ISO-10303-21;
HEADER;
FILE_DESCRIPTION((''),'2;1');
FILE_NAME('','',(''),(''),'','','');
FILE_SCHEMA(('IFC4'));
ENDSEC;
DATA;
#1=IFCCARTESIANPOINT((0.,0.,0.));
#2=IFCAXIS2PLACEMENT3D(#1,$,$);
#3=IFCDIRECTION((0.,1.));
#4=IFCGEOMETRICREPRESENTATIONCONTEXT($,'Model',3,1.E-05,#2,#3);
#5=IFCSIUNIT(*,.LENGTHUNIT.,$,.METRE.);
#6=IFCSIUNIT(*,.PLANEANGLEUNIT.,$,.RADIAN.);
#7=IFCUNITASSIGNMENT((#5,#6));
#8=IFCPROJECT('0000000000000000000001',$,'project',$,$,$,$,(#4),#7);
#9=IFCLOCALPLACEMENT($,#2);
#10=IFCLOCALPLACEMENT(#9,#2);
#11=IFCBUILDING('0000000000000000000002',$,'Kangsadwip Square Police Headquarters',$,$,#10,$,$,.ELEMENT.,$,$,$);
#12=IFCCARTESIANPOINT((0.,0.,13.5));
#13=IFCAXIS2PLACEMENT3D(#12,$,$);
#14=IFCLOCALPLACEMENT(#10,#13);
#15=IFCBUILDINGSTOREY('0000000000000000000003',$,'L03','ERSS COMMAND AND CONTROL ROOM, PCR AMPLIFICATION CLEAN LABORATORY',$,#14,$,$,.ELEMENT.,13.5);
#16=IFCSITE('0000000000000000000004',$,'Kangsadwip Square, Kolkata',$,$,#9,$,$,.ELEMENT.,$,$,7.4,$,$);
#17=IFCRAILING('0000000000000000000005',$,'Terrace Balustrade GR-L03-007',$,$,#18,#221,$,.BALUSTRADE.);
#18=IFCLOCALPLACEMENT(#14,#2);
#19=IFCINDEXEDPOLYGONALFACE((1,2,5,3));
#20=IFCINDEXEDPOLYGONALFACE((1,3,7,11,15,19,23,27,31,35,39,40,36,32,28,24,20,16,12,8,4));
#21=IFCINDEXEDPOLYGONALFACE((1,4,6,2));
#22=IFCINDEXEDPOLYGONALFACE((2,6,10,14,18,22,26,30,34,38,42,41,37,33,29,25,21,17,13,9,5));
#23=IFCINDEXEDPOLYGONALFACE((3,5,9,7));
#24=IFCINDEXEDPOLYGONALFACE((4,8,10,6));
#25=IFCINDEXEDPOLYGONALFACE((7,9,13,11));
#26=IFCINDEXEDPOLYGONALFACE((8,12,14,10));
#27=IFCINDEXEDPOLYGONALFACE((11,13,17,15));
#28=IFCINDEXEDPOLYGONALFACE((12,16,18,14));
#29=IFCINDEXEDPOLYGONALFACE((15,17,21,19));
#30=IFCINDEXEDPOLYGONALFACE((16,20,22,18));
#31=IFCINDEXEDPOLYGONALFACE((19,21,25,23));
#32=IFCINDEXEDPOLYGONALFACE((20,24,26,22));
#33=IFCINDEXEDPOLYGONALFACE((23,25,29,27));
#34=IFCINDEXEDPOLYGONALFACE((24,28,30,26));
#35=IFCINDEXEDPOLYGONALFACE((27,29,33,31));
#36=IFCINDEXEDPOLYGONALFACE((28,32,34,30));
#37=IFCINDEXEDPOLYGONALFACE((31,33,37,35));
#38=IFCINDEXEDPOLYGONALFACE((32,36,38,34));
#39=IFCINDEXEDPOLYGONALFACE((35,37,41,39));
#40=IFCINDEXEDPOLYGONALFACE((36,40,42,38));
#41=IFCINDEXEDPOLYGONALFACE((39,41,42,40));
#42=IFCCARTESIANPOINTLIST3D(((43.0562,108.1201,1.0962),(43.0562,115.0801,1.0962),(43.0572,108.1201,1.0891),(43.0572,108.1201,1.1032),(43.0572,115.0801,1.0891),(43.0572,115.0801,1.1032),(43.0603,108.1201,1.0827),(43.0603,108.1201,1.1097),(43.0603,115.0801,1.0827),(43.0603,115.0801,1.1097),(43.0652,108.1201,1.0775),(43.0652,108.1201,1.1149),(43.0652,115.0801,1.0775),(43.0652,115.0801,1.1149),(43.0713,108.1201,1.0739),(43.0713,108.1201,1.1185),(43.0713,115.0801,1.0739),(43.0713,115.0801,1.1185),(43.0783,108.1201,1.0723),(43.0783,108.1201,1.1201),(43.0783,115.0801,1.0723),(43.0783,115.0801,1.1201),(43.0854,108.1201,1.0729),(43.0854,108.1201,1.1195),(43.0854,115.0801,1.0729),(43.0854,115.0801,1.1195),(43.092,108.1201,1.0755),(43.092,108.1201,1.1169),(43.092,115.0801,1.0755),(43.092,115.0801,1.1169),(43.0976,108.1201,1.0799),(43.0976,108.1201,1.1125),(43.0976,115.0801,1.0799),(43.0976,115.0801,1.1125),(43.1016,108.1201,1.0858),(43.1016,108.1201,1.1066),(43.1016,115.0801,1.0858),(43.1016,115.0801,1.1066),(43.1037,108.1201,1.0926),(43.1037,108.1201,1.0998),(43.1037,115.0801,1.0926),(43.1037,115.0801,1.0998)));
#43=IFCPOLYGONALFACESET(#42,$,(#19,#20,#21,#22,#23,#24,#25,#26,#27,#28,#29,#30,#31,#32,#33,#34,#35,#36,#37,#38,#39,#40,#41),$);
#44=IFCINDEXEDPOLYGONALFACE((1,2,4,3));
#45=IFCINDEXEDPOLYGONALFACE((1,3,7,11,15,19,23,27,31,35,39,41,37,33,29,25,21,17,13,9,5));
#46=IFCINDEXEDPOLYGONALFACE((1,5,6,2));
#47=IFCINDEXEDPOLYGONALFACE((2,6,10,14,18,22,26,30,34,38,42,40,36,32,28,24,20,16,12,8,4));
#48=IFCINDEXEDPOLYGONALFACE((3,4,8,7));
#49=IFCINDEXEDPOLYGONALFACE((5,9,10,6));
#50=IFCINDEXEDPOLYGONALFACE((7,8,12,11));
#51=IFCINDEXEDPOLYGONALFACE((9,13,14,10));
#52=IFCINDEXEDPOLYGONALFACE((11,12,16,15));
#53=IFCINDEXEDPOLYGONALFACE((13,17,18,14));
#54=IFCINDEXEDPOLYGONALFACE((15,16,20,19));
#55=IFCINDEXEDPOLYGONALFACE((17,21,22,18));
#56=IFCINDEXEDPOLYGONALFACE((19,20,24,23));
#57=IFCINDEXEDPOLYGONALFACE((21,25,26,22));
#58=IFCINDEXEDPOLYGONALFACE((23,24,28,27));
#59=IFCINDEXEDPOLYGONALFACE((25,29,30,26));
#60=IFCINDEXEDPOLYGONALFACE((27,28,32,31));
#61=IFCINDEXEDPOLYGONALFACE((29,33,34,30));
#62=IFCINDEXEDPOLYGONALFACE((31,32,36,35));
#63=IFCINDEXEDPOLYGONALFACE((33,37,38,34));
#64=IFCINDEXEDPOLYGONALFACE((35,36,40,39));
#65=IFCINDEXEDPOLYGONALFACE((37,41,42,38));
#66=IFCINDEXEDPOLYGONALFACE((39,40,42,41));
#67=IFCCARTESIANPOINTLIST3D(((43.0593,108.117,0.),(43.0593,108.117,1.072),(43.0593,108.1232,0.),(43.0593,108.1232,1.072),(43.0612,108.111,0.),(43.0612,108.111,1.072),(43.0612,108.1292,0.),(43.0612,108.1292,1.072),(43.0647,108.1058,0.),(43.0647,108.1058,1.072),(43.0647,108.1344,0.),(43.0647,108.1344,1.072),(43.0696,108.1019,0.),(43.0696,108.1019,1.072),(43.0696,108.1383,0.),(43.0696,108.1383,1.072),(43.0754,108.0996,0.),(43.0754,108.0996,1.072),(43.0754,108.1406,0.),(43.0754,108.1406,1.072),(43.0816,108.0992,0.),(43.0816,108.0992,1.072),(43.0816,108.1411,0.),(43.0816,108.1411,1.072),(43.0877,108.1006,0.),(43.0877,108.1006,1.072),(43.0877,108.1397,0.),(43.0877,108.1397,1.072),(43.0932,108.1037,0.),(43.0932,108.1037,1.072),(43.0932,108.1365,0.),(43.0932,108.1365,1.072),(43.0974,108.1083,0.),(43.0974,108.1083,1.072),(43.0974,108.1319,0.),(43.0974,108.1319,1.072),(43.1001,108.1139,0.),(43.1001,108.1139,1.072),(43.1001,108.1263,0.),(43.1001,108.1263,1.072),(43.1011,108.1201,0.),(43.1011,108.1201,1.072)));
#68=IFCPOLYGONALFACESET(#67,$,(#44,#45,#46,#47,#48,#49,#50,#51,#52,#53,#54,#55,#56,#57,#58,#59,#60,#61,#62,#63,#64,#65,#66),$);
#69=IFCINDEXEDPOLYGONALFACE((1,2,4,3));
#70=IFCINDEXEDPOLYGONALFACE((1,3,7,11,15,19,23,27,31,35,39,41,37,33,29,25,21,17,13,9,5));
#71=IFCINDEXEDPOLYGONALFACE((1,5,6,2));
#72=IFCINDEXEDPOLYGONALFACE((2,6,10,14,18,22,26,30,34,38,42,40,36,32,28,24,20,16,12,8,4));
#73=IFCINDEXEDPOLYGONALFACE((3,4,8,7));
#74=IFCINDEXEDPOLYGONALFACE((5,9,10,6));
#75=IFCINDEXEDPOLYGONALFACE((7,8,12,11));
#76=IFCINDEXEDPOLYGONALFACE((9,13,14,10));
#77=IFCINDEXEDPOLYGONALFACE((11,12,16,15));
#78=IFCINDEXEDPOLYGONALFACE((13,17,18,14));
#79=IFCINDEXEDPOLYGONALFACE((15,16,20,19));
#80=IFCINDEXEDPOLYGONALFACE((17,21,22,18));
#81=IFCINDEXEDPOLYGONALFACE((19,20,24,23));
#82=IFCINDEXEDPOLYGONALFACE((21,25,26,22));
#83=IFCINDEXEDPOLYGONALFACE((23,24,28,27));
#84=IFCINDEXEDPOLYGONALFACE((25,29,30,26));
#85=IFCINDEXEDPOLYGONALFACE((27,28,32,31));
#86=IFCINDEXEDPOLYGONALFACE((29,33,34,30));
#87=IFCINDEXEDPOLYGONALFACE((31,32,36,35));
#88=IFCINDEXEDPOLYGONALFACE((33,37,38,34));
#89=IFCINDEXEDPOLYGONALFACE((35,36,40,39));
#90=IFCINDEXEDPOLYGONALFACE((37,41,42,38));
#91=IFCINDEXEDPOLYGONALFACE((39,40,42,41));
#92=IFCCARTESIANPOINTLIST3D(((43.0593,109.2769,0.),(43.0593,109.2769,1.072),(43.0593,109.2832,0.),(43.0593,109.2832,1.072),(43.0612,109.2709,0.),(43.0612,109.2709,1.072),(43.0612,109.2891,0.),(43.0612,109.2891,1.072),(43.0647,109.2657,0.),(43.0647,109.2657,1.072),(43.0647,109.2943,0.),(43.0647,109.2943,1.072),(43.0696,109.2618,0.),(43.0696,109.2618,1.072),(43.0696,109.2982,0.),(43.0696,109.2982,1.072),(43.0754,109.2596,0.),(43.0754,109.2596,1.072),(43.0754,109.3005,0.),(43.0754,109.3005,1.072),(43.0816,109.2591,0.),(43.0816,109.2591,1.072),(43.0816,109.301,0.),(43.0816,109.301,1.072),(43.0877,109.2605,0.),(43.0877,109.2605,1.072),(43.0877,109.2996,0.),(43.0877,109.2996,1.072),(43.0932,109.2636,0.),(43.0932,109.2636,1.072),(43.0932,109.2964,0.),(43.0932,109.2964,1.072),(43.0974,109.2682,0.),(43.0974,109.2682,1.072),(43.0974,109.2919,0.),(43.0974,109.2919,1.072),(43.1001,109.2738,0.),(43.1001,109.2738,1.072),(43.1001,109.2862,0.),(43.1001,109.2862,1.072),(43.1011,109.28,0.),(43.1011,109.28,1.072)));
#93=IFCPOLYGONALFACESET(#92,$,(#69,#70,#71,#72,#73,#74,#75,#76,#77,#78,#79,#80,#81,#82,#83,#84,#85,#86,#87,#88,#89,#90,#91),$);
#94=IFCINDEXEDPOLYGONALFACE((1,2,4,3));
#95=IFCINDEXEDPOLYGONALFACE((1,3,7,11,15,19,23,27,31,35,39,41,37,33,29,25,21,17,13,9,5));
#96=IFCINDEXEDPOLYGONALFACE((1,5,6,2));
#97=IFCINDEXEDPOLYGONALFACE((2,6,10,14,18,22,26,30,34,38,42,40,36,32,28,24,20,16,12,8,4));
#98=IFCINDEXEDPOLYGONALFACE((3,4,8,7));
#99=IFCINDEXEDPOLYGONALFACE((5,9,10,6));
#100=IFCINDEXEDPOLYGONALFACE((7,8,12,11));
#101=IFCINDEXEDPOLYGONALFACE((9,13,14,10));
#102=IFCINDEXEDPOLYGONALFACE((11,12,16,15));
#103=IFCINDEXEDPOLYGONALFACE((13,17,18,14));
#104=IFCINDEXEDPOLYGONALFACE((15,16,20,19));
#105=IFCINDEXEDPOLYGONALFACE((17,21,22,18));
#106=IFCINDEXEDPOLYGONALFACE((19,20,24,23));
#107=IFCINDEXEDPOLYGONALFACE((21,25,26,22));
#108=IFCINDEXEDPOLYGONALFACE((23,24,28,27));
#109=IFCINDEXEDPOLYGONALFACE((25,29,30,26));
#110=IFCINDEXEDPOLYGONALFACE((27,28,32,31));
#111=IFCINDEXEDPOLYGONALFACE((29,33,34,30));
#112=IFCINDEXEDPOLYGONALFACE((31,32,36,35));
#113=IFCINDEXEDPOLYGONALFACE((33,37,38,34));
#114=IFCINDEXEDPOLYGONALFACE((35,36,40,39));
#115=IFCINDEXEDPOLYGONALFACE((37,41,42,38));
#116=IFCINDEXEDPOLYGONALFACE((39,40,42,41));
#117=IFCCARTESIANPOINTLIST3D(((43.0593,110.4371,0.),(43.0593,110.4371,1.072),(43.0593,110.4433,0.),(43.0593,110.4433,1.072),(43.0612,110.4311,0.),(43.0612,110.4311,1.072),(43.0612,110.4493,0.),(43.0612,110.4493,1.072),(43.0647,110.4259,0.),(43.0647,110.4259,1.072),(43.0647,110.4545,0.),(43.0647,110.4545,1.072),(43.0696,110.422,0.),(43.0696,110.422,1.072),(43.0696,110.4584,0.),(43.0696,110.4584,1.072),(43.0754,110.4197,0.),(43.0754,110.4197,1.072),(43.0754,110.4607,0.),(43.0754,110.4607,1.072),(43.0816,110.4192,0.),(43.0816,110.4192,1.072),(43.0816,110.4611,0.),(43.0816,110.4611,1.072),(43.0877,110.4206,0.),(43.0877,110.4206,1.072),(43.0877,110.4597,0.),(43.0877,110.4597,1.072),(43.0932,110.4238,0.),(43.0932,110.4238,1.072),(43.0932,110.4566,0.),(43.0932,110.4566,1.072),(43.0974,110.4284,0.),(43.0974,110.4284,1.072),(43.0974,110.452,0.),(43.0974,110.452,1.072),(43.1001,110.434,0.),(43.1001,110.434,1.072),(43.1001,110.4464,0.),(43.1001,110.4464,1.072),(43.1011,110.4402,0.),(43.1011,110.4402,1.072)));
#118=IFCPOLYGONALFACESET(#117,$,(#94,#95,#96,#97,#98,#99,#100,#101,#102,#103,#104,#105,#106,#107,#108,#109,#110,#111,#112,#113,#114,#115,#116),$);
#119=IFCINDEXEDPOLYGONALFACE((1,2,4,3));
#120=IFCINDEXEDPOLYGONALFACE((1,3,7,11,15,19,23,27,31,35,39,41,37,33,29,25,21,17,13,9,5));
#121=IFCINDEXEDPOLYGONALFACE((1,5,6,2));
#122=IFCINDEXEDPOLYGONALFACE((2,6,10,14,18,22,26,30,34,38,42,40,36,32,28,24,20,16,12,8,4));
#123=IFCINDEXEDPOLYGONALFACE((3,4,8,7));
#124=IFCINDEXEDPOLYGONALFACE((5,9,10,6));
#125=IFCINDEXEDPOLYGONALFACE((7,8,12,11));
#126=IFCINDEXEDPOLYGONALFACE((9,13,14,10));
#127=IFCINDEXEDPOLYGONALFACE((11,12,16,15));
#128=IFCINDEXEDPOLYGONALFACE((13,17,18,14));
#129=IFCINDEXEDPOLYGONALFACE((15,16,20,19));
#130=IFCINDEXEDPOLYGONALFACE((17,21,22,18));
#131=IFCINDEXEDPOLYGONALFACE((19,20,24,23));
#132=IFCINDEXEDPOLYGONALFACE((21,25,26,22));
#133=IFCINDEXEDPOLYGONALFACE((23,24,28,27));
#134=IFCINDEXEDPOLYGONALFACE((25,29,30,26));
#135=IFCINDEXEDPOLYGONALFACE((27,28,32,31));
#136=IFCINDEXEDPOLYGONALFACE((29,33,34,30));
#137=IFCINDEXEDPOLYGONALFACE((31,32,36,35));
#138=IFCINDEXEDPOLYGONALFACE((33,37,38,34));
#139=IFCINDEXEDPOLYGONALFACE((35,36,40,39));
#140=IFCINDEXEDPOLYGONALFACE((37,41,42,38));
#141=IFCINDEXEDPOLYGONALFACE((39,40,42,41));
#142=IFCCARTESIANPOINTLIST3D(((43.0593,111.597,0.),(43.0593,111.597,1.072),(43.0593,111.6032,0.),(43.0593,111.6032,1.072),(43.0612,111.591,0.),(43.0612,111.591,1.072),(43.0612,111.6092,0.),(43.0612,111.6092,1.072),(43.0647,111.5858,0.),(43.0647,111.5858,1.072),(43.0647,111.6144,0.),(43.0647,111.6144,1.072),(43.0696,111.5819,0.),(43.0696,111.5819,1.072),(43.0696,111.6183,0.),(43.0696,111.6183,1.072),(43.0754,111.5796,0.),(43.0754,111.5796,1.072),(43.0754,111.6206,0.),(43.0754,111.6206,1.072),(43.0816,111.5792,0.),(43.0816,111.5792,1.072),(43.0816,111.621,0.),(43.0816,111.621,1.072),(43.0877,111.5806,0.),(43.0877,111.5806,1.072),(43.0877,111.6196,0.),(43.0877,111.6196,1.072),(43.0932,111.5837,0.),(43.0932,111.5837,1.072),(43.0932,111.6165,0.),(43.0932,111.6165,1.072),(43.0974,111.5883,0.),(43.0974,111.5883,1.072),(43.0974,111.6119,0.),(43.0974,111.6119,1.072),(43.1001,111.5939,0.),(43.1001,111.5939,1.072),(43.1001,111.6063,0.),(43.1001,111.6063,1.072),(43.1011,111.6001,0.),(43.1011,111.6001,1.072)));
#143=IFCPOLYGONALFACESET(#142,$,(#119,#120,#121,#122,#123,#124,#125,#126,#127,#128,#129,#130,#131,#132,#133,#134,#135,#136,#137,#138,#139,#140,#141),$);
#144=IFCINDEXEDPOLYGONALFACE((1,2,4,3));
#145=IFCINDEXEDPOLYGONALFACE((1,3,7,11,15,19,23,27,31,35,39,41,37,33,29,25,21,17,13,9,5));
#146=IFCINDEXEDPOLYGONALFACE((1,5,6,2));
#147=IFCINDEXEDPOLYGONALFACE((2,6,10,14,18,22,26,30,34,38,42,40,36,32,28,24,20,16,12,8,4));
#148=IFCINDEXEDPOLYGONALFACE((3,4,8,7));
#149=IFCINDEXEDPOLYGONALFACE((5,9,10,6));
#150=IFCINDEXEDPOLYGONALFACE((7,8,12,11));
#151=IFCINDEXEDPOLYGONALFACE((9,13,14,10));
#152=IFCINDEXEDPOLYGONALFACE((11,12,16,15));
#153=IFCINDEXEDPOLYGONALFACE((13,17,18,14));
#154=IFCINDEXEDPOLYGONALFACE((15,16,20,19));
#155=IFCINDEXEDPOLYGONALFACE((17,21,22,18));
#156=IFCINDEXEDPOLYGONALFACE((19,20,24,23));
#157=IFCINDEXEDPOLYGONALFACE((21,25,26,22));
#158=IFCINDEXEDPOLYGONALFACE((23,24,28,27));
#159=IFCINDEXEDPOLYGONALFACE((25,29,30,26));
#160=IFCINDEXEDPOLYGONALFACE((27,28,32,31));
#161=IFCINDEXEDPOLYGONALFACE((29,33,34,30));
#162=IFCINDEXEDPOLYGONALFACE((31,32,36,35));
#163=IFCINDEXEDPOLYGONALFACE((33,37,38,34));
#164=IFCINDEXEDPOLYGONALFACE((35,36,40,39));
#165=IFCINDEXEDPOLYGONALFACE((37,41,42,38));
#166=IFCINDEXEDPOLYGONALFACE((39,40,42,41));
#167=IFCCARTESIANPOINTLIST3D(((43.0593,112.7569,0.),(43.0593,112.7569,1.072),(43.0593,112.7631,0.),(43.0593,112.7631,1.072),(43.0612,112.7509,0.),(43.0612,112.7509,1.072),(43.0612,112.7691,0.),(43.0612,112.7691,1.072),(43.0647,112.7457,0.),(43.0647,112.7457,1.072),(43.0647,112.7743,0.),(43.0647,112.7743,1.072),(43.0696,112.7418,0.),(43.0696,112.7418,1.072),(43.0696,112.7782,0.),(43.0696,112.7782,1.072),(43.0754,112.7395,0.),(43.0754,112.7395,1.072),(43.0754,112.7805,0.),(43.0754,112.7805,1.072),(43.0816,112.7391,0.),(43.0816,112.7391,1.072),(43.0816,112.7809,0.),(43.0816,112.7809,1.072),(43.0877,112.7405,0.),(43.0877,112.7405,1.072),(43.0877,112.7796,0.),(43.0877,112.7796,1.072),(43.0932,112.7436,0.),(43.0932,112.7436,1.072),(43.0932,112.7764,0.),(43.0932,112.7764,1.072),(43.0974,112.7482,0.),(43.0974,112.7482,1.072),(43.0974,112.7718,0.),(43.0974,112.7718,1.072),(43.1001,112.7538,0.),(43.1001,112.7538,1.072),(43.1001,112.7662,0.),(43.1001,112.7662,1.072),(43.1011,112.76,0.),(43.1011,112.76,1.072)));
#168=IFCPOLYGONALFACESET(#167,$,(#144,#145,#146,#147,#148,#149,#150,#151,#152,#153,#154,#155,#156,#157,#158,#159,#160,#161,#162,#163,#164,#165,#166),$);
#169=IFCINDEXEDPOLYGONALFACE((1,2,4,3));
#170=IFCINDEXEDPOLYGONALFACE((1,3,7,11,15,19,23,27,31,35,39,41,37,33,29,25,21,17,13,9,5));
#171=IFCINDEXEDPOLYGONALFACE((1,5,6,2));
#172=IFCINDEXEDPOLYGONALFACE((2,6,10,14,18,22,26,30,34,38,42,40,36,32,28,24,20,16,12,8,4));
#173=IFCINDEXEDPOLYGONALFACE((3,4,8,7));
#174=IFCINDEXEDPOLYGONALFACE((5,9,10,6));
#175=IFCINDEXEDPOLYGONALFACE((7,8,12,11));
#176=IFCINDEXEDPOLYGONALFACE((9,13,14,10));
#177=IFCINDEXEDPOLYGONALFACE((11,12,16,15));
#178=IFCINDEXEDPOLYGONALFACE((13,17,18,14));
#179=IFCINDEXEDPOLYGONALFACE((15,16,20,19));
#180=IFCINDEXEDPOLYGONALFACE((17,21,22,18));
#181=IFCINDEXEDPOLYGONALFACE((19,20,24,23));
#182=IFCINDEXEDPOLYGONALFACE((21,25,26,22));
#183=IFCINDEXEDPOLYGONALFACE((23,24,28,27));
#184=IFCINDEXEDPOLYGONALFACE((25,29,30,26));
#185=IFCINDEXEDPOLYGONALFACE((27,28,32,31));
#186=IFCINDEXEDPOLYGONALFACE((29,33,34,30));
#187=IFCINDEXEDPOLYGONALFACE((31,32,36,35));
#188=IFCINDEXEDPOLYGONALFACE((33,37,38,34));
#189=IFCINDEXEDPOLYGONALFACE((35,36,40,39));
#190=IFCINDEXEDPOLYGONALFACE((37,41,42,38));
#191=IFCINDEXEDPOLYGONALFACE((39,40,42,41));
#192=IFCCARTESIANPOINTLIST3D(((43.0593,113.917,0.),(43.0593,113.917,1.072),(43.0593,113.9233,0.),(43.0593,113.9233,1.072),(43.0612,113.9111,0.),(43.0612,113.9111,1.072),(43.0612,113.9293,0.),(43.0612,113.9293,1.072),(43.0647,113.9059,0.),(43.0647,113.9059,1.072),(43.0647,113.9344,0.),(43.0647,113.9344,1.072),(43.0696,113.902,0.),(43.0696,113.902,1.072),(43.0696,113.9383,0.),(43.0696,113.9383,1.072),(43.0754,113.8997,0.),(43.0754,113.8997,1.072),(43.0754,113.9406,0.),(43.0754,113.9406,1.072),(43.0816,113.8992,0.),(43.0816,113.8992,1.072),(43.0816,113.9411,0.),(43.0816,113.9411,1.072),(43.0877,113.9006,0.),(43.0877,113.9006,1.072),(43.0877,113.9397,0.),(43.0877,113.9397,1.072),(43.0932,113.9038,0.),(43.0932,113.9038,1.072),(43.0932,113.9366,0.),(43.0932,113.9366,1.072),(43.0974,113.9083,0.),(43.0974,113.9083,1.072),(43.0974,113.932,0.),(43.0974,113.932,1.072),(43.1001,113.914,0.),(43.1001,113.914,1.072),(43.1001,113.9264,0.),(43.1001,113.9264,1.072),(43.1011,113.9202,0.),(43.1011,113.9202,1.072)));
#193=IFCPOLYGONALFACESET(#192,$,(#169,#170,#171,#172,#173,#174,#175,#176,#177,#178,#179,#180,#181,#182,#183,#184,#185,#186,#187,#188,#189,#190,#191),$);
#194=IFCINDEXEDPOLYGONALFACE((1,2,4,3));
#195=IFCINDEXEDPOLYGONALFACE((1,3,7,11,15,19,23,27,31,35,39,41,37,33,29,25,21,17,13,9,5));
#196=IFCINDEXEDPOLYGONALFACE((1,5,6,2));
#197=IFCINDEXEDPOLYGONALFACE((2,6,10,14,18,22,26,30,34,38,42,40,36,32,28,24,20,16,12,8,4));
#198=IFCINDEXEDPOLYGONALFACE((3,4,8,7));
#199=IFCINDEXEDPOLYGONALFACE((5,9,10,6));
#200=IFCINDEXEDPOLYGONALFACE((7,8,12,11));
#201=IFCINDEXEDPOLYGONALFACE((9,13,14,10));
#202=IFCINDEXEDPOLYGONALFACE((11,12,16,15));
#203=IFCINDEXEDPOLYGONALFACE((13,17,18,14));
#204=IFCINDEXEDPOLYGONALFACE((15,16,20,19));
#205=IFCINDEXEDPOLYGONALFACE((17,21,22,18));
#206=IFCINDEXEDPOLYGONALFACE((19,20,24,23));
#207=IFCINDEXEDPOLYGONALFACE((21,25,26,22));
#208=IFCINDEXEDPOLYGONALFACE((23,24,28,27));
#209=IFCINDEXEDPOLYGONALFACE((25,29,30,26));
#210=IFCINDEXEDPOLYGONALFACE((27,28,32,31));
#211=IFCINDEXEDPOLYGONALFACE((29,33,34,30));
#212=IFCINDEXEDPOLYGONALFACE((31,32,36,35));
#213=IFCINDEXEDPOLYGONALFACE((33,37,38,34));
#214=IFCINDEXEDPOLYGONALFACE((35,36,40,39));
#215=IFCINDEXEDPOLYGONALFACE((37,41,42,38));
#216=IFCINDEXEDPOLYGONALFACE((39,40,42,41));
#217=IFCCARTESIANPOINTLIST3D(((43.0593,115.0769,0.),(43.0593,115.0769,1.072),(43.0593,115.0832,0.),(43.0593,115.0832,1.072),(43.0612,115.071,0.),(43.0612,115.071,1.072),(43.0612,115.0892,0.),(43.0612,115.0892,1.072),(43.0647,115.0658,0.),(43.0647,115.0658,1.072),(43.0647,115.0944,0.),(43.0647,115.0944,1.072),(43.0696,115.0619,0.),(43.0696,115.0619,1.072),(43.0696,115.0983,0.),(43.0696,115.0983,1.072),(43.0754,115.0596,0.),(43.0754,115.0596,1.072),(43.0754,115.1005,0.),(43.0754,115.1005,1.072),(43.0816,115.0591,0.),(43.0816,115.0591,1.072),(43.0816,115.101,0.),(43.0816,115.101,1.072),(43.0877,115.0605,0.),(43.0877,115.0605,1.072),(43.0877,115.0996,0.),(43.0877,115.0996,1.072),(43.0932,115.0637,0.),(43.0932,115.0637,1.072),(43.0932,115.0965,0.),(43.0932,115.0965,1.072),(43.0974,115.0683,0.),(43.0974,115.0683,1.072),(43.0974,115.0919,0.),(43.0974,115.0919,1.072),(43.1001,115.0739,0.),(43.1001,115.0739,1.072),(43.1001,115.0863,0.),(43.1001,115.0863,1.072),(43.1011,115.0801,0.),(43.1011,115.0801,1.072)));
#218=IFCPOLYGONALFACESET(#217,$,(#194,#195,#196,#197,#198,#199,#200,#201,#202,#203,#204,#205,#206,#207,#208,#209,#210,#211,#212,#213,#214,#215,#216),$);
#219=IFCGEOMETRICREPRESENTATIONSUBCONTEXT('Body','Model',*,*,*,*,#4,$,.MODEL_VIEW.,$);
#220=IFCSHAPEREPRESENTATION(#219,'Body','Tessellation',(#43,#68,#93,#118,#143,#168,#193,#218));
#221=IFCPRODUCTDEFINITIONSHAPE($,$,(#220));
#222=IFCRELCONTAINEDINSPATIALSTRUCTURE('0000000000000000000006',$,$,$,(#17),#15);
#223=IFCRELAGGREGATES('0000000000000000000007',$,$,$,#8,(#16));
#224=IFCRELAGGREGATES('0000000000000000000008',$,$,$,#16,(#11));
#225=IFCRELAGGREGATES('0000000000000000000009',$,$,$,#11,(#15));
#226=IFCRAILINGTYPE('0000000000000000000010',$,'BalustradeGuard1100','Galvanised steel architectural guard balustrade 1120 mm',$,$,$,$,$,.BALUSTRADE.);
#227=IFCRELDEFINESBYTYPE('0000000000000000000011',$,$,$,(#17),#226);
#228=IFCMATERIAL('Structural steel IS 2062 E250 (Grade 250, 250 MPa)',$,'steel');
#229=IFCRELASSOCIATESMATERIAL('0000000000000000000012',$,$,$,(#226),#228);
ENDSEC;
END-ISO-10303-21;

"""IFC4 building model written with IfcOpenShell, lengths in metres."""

from ifc_helpers import new_model, si_unit, direction, frame, origin, origin_2d, place, context, subcontext, project, spatial, circle, extrude, material, type_object, element, save


model = new_model("IFC4")

# Units and contexts
model_context = context("Model", 3, precision=1e-05, world=origin(), true_north=direction((0.0, 1.0)))
body_context = subcontext(model_context, "Body", "Model", "MODEL_VIEW")
ifc_project = project(units=[si_unit("LENGTHUNIT", "METRE"), si_unit("PLANEANGLEUNIT", "RADIAN")], contexts=[model_context])

# Site, building, storey
site_placement = place(None, origin())
site = spatial("IfcSite", under=ifc_project, at=site_placement, Name="Kangsadwip Square, Kolkata", CompositionType="ELEMENT", RefElevation=7.4)
building_placement = place(site_placement, origin())
building = spatial("IfcBuilding", under=site, at=building_placement, Name="Kangsadwip Square Police Headquarters", CompositionType="ELEMENT")
storey_placement = place(building_placement, frame((0.0, 0.0, 13.5)))
storey = spatial("IfcBuildingStorey", under=building, at=storey_placement, Name="L03", Description="ERSS COMMAND AND CONTROL ROOM, PCR AMPLIFICATION CLEAN LABORATORY", CompositionType="ELEMENT", Elevation=13.5)

# Railing
ifc_material_1 = material(Name="Structural steel IS 2062 E250 (Grade 250, 250 MPa)", Category="steel")
railing_type = type_object("IfcRailingType", Name="BalustradeGuard1100", Description="Galvanised steel architectural guard balustrade 1120 mm", PredefinedType="BALUSTRADE", material=ifc_material_1)
for number, where, name in (
    (1, (43.0801, 108.1201, 0.0), "Terrace Balustrade GR-L03-007"),
):
    element("IfcRailing", number, at=place(storey_placement, frame(where)), inside=storey, type_object=railing_type, Name=name, PredefinedType="BALUSTRADE", context=body_context, shape_type="SweptSolid", body=[
        extrude(circle(Radius=0.0239, at=origin_2d()), frame((0.0, 0.0, 1.0962), z_axis=(0.0, 1.0, 0.0), x_axis=(-1.0, 0.0, 0.0)), (0.0, 0.0, 1.0), 6.96),
        extrude(circle(Radius=0.021, at=origin_2d()), origin(), (0.0, 0.0, 1.0), 1.072),
        extrude(circle(Radius=0.021, at=origin_2d()), frame((0.0, 1.1599, 0.0)), (0.0, 0.0, 1.0), 1.072),
        extrude(circle(Radius=0.021, at=origin_2d()), frame((0.0, 2.3201, 0.0)), (0.0, 0.0, 1.0), 1.072),
        extrude(circle(Radius=0.021, at=origin_2d()), frame((0.0, 3.48, 0.0)), (0.0, 0.0, 1.0), 1.072),
        extrude(circle(Radius=0.021, at=origin_2d()), frame((0.0, 4.6399, 0.0)), (0.0, 0.0, 1.0), 1.072),
        extrude(circle(Radius=0.021, at=origin_2d()), frame((0.0, 5.8, 0.0)), (0.0, 0.0, 1.0), 1.072),
        extrude(circle(Radius=0.021, at=origin_2d()), frame((0.0, 6.96, 0.0)), (0.0, 0.0, 1.0), 1.072),
    ])

save(model, "model.ifc")
